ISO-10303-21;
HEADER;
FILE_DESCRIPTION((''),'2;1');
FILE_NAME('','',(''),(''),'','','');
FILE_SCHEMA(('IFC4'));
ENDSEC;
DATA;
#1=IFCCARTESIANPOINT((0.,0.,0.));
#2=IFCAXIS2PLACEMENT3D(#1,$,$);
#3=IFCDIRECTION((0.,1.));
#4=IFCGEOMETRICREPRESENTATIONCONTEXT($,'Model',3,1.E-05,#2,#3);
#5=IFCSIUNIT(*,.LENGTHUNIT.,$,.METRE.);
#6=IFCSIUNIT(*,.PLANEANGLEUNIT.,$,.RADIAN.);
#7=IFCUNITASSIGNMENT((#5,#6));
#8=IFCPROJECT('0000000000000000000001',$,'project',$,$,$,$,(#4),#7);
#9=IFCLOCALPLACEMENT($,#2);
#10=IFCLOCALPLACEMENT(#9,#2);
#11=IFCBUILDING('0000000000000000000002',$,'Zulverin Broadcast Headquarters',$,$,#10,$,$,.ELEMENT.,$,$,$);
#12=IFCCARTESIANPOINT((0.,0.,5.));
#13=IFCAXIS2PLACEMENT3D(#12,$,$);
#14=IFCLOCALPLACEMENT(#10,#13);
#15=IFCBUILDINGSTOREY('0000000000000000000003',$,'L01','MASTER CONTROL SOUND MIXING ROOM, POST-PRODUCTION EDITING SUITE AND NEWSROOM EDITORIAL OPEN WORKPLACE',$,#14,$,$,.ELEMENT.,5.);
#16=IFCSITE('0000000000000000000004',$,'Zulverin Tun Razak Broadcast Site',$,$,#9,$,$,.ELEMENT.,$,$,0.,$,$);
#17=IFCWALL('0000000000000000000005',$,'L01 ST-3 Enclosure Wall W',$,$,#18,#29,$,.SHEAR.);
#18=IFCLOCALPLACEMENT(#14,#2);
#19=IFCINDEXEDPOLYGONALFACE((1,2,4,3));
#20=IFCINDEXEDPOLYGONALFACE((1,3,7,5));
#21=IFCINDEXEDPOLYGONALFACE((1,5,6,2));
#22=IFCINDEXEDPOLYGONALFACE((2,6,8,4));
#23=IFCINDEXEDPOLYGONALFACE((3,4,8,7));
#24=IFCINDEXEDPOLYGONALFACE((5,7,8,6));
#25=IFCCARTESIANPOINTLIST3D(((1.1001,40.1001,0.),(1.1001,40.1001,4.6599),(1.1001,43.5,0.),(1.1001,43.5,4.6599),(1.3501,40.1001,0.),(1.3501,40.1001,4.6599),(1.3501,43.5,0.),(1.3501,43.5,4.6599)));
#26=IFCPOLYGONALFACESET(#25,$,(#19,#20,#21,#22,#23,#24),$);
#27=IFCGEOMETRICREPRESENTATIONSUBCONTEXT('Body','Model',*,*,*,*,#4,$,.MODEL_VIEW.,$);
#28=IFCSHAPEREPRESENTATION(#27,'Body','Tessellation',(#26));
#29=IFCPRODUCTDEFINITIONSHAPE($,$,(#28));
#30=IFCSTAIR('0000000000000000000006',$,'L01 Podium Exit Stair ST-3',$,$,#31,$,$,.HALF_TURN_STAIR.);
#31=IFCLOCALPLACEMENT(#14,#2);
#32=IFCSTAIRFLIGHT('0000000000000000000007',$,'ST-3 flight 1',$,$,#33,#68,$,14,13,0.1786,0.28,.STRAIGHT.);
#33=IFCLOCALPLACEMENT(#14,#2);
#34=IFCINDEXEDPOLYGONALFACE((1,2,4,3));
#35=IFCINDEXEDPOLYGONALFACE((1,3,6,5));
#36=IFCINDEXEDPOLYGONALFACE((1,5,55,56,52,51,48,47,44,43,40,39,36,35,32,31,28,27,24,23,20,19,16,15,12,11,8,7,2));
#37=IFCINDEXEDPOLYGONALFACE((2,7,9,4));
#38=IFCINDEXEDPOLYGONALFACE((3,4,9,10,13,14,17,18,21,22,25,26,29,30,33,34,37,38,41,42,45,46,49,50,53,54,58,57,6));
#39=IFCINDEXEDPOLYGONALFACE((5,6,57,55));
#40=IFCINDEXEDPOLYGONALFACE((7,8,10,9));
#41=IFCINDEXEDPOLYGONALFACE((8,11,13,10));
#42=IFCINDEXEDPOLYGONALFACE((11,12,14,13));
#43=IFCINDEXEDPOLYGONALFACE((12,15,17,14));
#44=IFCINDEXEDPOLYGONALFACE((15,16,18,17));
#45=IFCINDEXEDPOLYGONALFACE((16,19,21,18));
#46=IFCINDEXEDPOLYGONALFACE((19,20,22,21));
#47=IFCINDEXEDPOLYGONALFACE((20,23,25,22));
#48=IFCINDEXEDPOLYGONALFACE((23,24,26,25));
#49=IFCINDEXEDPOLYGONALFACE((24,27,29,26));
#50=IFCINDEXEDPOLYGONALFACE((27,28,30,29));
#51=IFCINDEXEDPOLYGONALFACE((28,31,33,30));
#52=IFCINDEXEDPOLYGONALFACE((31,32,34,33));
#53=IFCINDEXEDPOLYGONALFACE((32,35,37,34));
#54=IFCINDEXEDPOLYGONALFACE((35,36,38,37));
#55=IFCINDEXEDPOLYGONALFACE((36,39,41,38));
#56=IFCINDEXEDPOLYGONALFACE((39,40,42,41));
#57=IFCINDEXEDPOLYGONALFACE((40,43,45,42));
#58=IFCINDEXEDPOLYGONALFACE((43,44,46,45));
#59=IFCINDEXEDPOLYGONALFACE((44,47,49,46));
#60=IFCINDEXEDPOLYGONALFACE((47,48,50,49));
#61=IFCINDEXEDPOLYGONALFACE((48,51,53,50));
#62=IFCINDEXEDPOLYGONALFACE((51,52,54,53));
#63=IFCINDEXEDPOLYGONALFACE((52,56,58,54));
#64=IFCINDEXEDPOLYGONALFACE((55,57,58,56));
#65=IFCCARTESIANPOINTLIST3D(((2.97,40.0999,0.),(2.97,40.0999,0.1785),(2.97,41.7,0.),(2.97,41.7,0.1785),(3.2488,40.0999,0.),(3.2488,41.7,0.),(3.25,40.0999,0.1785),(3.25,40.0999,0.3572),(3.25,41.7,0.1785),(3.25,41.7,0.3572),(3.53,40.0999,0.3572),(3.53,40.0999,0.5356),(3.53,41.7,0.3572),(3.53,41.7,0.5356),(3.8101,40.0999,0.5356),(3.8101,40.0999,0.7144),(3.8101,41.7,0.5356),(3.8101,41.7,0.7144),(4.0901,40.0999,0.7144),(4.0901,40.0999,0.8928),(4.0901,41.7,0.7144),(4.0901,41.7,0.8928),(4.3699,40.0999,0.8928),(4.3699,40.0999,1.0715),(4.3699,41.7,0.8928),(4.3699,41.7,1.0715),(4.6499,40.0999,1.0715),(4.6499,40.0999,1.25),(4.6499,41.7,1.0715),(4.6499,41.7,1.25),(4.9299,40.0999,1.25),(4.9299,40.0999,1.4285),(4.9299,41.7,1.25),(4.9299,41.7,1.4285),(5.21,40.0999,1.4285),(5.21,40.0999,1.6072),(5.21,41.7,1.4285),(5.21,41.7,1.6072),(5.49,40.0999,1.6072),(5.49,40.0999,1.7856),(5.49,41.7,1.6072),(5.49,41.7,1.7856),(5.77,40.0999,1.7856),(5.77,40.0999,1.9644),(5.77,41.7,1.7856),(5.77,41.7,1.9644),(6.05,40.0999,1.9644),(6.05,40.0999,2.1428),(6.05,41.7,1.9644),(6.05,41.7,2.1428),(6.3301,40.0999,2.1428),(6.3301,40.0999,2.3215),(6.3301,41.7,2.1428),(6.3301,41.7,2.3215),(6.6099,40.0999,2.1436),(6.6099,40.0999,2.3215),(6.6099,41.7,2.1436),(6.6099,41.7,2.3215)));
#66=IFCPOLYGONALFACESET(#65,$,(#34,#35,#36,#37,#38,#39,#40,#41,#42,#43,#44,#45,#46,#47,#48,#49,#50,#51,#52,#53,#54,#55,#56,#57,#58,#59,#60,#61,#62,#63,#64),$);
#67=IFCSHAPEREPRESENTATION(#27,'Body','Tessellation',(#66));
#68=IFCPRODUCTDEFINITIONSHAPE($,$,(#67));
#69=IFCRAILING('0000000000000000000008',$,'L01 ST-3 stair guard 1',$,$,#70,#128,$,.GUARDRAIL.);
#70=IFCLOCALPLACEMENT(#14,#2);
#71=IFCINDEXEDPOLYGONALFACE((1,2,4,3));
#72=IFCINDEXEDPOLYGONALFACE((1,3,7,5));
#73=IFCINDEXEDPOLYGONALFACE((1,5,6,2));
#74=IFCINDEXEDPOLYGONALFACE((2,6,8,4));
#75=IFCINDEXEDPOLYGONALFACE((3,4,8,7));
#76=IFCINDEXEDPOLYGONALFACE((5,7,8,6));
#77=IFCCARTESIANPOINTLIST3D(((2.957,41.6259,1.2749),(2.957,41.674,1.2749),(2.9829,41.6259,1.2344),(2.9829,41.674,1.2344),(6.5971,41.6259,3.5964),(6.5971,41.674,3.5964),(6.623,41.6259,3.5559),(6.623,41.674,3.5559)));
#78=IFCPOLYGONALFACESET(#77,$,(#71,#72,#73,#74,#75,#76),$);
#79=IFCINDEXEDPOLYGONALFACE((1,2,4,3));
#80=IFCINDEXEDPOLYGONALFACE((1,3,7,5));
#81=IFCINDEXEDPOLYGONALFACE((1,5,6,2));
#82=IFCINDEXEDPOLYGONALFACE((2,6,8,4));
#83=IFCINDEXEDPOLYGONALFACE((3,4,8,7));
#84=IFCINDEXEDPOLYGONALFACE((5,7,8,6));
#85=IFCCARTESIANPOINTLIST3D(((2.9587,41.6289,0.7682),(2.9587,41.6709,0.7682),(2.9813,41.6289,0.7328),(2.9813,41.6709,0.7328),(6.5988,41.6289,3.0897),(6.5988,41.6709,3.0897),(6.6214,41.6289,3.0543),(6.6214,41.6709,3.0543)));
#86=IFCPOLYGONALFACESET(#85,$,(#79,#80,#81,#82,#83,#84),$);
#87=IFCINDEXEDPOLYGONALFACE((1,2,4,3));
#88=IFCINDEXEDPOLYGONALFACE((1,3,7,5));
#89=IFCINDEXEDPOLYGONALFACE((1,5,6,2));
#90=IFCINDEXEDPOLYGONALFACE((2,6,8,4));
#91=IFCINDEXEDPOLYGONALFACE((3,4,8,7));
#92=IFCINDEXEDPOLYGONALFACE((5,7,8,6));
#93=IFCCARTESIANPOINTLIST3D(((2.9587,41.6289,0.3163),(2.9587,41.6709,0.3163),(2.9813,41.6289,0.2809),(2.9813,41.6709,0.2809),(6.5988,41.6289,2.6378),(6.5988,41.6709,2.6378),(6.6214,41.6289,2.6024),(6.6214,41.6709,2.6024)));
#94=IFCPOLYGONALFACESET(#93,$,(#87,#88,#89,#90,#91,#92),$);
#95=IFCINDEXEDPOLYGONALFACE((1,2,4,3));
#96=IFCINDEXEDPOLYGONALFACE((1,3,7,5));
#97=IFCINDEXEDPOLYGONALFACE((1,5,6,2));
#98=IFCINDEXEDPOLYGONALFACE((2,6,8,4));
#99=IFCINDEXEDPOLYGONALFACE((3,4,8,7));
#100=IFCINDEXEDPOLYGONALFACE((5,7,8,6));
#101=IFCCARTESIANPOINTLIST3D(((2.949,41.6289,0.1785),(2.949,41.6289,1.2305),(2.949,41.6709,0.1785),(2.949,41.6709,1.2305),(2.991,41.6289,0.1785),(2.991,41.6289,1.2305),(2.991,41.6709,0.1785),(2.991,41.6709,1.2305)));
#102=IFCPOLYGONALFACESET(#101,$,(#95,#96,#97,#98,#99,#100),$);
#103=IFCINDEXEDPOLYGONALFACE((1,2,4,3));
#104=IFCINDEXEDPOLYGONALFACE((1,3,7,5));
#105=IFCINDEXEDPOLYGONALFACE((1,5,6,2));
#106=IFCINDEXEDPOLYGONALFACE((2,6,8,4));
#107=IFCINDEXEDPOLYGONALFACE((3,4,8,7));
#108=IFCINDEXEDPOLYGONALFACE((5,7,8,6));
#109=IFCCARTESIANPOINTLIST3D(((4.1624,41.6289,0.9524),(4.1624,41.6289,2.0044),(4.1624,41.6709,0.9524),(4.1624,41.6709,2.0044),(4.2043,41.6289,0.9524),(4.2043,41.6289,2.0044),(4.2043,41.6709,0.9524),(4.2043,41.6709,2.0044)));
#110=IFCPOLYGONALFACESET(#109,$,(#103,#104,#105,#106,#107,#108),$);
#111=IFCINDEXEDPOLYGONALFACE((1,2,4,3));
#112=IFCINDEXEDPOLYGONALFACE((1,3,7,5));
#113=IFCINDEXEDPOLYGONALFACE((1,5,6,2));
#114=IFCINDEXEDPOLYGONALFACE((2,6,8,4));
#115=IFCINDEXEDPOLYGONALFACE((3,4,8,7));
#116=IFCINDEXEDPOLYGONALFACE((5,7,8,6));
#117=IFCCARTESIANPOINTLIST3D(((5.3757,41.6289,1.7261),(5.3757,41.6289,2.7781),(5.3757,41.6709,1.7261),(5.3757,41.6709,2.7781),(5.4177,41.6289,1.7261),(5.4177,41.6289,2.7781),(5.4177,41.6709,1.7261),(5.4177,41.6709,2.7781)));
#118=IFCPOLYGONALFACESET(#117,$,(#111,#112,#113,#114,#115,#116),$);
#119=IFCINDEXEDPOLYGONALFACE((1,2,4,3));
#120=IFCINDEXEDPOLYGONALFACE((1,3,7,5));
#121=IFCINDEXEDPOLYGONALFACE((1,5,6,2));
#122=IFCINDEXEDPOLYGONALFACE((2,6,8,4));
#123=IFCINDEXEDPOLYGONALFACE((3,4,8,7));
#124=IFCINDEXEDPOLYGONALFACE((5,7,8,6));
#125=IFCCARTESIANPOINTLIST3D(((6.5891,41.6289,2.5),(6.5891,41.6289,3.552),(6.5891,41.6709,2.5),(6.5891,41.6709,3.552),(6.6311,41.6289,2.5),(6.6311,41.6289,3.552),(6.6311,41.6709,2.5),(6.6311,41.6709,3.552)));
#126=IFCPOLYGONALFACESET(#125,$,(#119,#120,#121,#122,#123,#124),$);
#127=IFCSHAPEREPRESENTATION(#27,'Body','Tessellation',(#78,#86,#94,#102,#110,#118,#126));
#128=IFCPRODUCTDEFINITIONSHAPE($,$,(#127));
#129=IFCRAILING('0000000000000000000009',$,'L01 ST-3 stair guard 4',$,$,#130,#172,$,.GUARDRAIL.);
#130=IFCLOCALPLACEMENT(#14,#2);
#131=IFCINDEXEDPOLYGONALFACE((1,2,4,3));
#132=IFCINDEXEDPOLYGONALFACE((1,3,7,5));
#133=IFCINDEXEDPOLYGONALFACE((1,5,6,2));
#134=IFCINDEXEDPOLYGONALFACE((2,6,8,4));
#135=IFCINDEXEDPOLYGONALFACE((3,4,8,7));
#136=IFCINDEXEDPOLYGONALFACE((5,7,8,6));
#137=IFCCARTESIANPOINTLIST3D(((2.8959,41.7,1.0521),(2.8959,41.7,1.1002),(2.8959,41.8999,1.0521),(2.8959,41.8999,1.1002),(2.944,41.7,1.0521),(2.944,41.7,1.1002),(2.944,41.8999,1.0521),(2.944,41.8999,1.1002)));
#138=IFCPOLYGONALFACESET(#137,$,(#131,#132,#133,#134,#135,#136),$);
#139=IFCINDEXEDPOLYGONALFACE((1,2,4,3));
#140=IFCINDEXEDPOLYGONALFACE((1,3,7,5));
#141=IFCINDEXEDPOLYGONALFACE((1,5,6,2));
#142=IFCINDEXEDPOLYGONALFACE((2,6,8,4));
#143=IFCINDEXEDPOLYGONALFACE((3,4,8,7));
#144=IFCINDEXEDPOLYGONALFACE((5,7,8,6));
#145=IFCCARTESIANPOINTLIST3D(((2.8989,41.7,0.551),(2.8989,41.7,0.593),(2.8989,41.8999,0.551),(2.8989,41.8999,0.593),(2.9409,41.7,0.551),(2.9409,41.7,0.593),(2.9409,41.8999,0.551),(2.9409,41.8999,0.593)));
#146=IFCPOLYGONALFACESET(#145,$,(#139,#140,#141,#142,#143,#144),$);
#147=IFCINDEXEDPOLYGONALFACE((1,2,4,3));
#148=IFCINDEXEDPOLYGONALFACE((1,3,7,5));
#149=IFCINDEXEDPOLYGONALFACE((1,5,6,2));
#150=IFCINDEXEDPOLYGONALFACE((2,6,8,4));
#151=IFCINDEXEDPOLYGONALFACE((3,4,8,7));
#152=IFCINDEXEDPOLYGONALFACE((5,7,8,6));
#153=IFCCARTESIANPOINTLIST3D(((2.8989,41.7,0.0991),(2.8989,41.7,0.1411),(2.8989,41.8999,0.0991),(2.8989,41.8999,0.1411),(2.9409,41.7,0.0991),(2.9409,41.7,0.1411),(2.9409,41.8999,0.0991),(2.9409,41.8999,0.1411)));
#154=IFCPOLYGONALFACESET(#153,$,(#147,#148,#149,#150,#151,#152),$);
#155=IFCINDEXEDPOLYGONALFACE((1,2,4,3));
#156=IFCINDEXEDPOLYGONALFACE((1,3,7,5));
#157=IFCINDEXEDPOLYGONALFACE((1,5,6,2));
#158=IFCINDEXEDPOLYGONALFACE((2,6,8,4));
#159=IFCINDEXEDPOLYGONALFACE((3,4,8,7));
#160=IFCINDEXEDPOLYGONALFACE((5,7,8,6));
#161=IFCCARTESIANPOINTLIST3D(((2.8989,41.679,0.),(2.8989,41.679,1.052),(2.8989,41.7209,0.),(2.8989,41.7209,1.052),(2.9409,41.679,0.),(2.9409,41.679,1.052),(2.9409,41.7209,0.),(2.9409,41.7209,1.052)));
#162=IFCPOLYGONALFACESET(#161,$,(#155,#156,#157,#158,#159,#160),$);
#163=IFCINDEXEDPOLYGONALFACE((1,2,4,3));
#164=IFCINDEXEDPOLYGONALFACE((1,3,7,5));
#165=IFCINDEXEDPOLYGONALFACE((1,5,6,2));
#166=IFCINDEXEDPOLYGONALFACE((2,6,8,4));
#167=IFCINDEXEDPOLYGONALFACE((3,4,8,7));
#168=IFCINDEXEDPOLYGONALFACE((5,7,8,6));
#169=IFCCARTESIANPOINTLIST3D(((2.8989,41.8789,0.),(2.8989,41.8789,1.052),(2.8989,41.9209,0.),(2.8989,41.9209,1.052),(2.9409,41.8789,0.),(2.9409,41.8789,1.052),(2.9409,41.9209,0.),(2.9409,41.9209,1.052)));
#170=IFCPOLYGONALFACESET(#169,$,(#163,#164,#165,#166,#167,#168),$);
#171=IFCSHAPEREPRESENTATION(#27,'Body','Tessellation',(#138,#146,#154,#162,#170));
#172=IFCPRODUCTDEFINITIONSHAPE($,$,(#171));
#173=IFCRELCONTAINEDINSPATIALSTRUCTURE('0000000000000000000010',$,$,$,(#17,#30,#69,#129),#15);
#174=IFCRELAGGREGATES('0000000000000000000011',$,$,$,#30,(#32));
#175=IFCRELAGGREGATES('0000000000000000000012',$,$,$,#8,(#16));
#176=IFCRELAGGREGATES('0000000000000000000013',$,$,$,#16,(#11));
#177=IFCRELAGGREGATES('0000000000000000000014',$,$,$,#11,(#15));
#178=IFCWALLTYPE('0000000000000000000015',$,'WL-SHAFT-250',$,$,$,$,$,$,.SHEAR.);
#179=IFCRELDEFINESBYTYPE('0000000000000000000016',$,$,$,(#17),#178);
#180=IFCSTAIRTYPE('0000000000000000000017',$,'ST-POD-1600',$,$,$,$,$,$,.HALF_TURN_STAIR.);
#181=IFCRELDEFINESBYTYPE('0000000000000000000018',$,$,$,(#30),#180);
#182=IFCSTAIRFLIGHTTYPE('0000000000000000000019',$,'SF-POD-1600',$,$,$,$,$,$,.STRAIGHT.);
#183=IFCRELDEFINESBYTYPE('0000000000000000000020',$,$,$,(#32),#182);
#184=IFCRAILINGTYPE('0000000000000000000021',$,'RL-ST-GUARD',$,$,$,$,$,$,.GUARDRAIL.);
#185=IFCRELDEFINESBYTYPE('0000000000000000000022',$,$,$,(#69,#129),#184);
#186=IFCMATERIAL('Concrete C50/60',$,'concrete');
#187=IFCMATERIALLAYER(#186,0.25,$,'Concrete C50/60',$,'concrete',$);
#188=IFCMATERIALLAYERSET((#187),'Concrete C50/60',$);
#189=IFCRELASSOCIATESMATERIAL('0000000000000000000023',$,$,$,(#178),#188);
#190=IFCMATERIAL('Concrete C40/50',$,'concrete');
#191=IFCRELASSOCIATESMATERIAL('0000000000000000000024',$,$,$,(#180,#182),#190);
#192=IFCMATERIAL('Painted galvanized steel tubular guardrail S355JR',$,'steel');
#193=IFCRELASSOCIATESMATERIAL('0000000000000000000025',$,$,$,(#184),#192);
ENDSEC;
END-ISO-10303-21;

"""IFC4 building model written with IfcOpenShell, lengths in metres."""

from ifc_helpers import new_model, si_unit, direction, frame, frame_2d, origin, origin_2d, place, context, subcontext, project, spatial, polyline, rectangle, outline, extrude, material, layer, layer_set, type_object, element, aggregate, save


model = new_model("IFC4")

# Units and contexts
model_context = context("Model", 3, precision=1e-05, world=origin(), true_north=direction((0.0, 1.0)))
body_context = subcontext(model_context, "Body", "Model", "MODEL_VIEW")
ifc_project = project(units=[si_unit("LENGTHUNIT", "METRE"), si_unit("PLANEANGLEUNIT", "RADIAN")], contexts=[model_context])

# Site, building, storey
site_placement = place(None, origin())
site = spatial("IfcSite", under=ifc_project, at=site_placement, Name="Zulverin Tun Razak Broadcast Site", CompositionType="ELEMENT", RefElevation=0.0)
building_placement = place(site_placement, origin())
building = spatial("IfcBuilding", under=site, at=building_placement, Name="Zulverin Broadcast Headquarters", CompositionType="ELEMENT")
storey_placement = place(building_placement, frame((0.0, 0.0, 5.0)))
storey = spatial("IfcBuildingStorey", under=building, at=storey_placement, Name="L01", Description="MASTER CONTROL SOUND MIXING ROOM, POST-PRODUCTION EDITING SUITE AND NEWSROOM EDITORIAL OPEN WORKPLACE", CompositionType="ELEMENT", Elevation=5.0)

# Shared definitions
ifc_material_1 = material(Name="Concrete C50/60", Category="concrete")
ifc_layer_1 = layer(ifc_material_1, 0.25, Name="Concrete C50/60", Category="concrete")
ifc_layer_set_1 = layer_set([ifc_layer_1], Name="Concrete C50/60")
wall_type_1 = type_object("IfcWallType", Name="WL-SHAFT-250", PredefinedType="SHEAR", material=ifc_layer_set_1)

# Wall
wall_1_placement = place(storey_placement, frame((1.2251, 40.1001, 0.0), z_axis=(0.0, 0.0, 1.0), x_axis=(0.0, 1.0, 0.0)))
element("IfcWall", 1, at=wall_1_placement, inside=storey, type_object=wall_type_1, Name="L01 ST-3 Enclosure Wall W", PredefinedType="SHEAR", context=body_context, shape_type="SweptSolid", body=[
    extrude(rectangle(XDim=3.3999, YDim=0.25, at=frame_2d((1.7, 0.0))), origin(), (0.0, 0.0, 1.0), 4.6599),
])

# Stair, stair flight
ifc_material_2 = material(Name="Concrete C40/50", Category="concrete")
stair_type = type_object("IfcStairType", Name="ST-POD-1600", PredefinedType="HALF_TURN_STAIR", material=ifc_material_2)
stair_placement = place(storey_placement, origin())
stair = element("IfcStair", 2, at=stair_placement, inside=storey, type_object=stair_type, Name="L01 Podium Exit Stair ST-3", PredefinedType="HALF_TURN_STAIR")
stair_flight_type = type_object("IfcStairFlightType", Name="SF-POD-1600", PredefinedType="STRAIGHT", material=ifc_material_2)
stair_flight_placement = place(storey_placement, frame((2.97, 40.8999, 0.0), z_axis=(0.0, 0.0, 1.0), x_axis=(1.0, 0.0, 0.0)))
stair_flight = element("IfcStairFlight", 3, at=stair_flight_placement, type_object=stair_flight_type, Name="ST-3 flight 1", NumberOfRisers=14, NumberOfTreads=13, PredefinedType="STRAIGHT", RiserHeight=0.1786, TreadLength=0.28, context=body_context, shape_type="SweptSolid", body=[
    extrude(outline(polyline([(0.0, 0.0), (0.0, 0.1785), (0.28, 0.1785), (0.28, 0.3572), (0.5601, 0.3572), (0.5601, 0.5356), (0.8401, 0.5356), (0.8401, 0.7144), (1.1201, 0.7144), (1.1201, 0.8928), (1.3999, 0.8928), (1.3999, 1.0715), (1.6799, 1.0715), (1.6799, 1.25), (1.96, 1.25), (1.96, 1.4285), (2.24, 1.4285), (2.24, 1.6072), (2.52, 1.6072), (2.52, 1.7856), (2.8, 1.7856), (2.8, 1.9644), (3.0801, 1.9644), (3.0801, 2.1428), (3.3601, 2.1428), (3.3601, 2.3215), (3.6399, 2.3215), (3.6399, 2.5), (3.6399, 2.1436), (0.2788, 0.0), (0.0, 0.0)])), frame((0.0, 0.8, 0.0), z_axis=(0.0, -1.0, 0.0), x_axis=(1.0, 0.0, 0.0)), (0.0, 0.0, 1.0), 1.6001),
])
aggregate(stair, [stair_flight])

# Railings
ifc_material_3 = material(Name="Painted galvanized steel tubular guardrail S355JR", Category="steel")
railing_type_1 = type_object("IfcRailingType", Name="RL-ST-GUARD", PredefinedType="GUARDRAIL", material=ifc_material_3)
railing_1_placement = place(storey_placement, frame((2.97, 41.6499, 0.1785)))
element("IfcRailing", 4, at=railing_1_placement, inside=storey, type_object=railing_type_1, Name="L01 ST-3 stair guard 1", PredefinedType="GUARDRAIL", context=body_context, shape_type="SweptSolid", body=[
    extrude(rectangle(XDim=0.0481, YDim=0.0481, at=origin_2d()), frame((0.0, 0.0, 1.0762), z_axis=(0.843128, 0.0, 0.537713), x_axis=(0.0, 1.0, 0.0)), (0.0, 0.0, 1.0), 4.3174),
    extrude(rectangle(XDim=0.042, YDim=0.042, at=origin_2d()), frame((0.0, 0.0, 0.572), z_axis=(0.843128, 0.0, 0.537713), x_axis=(0.0, 1.0, 0.0)), (0.0, 0.0, 1.0), 4.3174),
    extrude(rectangle(XDim=0.042, YDim=0.042, at=origin_2d()), frame((0.0, 0.0, 0.1201), z_axis=(0.843128, 0.0, 0.537713), x_axis=(0.0, 1.0, 0.0)), (0.0, 0.0, 1.0), 4.3174),
    extrude(rectangle(XDim=0.042, YDim=0.042, at=origin_2d()), origin(), (0.0, 0.0, 1.0), 1.052),
    extrude(rectangle(XDim=0.042, YDim=0.042, at=origin_2d()), frame((1.2134, 0.0, 0.7739)), (0.0, 0.0, 1.0), 1.052),
    extrude(rectangle(XDim=0.042, YDim=0.042, at=origin_2d()), frame((2.4268, 0.0, 1.5476)), (0.0, 0.0, 1.0), 1.052),
    extrude(rectangle(XDim=0.042, YDim=0.042, at=origin_2d()), frame((3.6401, 0.0, 2.3215)), (0.0, 0.0, 1.0), 1.052),
])
railing_2_placement = place(storey_placement, frame((2.9199, 41.7, 0.0)))
element("IfcRailing", 5, at=railing_2_placement, inside=storey, type_object=railing_type_1, Name="L01 ST-3 stair guard 4", PredefinedType="GUARDRAIL", context=body_context, shape_type="SweptSolid", body=[
    extrude(rectangle(XDim=0.0481, YDim=0.0481, at=origin_2d()), frame((0.0, 0.0, 1.0762), z_axis=(0.0, 1.0, 0.0), x_axis=(-1.0, 0.0, 0.0)), (0.0, 0.0, 1.0), 0.2),
    extrude(rectangle(XDim=0.042, YDim=0.042, at=origin_2d()), frame((0.0, 0.0, 0.572), z_axis=(0.0, 1.0, 0.0), x_axis=(-1.0, 0.0, 0.0)), (0.0, 0.0, 1.0), 0.2),
    extrude(rectangle(XDim=0.042, YDim=0.042, at=origin_2d()), frame((0.0, 0.0, 0.1201), z_axis=(0.0, 1.0, 0.0), x_axis=(-1.0, 0.0, 0.0)), (0.0, 0.0, 1.0), 0.2),
    extrude(rectangle(XDim=0.042, YDim=0.042, at=origin_2d()), origin(), (0.0, 0.0, 1.0), 1.052),
    extrude(rectangle(XDim=0.042, YDim=0.042, at=origin_2d()), frame((0.0, 0.2, 0.0)), (0.0, 0.0, 1.0), 1.052),
])

save(model, "model.ifc")
